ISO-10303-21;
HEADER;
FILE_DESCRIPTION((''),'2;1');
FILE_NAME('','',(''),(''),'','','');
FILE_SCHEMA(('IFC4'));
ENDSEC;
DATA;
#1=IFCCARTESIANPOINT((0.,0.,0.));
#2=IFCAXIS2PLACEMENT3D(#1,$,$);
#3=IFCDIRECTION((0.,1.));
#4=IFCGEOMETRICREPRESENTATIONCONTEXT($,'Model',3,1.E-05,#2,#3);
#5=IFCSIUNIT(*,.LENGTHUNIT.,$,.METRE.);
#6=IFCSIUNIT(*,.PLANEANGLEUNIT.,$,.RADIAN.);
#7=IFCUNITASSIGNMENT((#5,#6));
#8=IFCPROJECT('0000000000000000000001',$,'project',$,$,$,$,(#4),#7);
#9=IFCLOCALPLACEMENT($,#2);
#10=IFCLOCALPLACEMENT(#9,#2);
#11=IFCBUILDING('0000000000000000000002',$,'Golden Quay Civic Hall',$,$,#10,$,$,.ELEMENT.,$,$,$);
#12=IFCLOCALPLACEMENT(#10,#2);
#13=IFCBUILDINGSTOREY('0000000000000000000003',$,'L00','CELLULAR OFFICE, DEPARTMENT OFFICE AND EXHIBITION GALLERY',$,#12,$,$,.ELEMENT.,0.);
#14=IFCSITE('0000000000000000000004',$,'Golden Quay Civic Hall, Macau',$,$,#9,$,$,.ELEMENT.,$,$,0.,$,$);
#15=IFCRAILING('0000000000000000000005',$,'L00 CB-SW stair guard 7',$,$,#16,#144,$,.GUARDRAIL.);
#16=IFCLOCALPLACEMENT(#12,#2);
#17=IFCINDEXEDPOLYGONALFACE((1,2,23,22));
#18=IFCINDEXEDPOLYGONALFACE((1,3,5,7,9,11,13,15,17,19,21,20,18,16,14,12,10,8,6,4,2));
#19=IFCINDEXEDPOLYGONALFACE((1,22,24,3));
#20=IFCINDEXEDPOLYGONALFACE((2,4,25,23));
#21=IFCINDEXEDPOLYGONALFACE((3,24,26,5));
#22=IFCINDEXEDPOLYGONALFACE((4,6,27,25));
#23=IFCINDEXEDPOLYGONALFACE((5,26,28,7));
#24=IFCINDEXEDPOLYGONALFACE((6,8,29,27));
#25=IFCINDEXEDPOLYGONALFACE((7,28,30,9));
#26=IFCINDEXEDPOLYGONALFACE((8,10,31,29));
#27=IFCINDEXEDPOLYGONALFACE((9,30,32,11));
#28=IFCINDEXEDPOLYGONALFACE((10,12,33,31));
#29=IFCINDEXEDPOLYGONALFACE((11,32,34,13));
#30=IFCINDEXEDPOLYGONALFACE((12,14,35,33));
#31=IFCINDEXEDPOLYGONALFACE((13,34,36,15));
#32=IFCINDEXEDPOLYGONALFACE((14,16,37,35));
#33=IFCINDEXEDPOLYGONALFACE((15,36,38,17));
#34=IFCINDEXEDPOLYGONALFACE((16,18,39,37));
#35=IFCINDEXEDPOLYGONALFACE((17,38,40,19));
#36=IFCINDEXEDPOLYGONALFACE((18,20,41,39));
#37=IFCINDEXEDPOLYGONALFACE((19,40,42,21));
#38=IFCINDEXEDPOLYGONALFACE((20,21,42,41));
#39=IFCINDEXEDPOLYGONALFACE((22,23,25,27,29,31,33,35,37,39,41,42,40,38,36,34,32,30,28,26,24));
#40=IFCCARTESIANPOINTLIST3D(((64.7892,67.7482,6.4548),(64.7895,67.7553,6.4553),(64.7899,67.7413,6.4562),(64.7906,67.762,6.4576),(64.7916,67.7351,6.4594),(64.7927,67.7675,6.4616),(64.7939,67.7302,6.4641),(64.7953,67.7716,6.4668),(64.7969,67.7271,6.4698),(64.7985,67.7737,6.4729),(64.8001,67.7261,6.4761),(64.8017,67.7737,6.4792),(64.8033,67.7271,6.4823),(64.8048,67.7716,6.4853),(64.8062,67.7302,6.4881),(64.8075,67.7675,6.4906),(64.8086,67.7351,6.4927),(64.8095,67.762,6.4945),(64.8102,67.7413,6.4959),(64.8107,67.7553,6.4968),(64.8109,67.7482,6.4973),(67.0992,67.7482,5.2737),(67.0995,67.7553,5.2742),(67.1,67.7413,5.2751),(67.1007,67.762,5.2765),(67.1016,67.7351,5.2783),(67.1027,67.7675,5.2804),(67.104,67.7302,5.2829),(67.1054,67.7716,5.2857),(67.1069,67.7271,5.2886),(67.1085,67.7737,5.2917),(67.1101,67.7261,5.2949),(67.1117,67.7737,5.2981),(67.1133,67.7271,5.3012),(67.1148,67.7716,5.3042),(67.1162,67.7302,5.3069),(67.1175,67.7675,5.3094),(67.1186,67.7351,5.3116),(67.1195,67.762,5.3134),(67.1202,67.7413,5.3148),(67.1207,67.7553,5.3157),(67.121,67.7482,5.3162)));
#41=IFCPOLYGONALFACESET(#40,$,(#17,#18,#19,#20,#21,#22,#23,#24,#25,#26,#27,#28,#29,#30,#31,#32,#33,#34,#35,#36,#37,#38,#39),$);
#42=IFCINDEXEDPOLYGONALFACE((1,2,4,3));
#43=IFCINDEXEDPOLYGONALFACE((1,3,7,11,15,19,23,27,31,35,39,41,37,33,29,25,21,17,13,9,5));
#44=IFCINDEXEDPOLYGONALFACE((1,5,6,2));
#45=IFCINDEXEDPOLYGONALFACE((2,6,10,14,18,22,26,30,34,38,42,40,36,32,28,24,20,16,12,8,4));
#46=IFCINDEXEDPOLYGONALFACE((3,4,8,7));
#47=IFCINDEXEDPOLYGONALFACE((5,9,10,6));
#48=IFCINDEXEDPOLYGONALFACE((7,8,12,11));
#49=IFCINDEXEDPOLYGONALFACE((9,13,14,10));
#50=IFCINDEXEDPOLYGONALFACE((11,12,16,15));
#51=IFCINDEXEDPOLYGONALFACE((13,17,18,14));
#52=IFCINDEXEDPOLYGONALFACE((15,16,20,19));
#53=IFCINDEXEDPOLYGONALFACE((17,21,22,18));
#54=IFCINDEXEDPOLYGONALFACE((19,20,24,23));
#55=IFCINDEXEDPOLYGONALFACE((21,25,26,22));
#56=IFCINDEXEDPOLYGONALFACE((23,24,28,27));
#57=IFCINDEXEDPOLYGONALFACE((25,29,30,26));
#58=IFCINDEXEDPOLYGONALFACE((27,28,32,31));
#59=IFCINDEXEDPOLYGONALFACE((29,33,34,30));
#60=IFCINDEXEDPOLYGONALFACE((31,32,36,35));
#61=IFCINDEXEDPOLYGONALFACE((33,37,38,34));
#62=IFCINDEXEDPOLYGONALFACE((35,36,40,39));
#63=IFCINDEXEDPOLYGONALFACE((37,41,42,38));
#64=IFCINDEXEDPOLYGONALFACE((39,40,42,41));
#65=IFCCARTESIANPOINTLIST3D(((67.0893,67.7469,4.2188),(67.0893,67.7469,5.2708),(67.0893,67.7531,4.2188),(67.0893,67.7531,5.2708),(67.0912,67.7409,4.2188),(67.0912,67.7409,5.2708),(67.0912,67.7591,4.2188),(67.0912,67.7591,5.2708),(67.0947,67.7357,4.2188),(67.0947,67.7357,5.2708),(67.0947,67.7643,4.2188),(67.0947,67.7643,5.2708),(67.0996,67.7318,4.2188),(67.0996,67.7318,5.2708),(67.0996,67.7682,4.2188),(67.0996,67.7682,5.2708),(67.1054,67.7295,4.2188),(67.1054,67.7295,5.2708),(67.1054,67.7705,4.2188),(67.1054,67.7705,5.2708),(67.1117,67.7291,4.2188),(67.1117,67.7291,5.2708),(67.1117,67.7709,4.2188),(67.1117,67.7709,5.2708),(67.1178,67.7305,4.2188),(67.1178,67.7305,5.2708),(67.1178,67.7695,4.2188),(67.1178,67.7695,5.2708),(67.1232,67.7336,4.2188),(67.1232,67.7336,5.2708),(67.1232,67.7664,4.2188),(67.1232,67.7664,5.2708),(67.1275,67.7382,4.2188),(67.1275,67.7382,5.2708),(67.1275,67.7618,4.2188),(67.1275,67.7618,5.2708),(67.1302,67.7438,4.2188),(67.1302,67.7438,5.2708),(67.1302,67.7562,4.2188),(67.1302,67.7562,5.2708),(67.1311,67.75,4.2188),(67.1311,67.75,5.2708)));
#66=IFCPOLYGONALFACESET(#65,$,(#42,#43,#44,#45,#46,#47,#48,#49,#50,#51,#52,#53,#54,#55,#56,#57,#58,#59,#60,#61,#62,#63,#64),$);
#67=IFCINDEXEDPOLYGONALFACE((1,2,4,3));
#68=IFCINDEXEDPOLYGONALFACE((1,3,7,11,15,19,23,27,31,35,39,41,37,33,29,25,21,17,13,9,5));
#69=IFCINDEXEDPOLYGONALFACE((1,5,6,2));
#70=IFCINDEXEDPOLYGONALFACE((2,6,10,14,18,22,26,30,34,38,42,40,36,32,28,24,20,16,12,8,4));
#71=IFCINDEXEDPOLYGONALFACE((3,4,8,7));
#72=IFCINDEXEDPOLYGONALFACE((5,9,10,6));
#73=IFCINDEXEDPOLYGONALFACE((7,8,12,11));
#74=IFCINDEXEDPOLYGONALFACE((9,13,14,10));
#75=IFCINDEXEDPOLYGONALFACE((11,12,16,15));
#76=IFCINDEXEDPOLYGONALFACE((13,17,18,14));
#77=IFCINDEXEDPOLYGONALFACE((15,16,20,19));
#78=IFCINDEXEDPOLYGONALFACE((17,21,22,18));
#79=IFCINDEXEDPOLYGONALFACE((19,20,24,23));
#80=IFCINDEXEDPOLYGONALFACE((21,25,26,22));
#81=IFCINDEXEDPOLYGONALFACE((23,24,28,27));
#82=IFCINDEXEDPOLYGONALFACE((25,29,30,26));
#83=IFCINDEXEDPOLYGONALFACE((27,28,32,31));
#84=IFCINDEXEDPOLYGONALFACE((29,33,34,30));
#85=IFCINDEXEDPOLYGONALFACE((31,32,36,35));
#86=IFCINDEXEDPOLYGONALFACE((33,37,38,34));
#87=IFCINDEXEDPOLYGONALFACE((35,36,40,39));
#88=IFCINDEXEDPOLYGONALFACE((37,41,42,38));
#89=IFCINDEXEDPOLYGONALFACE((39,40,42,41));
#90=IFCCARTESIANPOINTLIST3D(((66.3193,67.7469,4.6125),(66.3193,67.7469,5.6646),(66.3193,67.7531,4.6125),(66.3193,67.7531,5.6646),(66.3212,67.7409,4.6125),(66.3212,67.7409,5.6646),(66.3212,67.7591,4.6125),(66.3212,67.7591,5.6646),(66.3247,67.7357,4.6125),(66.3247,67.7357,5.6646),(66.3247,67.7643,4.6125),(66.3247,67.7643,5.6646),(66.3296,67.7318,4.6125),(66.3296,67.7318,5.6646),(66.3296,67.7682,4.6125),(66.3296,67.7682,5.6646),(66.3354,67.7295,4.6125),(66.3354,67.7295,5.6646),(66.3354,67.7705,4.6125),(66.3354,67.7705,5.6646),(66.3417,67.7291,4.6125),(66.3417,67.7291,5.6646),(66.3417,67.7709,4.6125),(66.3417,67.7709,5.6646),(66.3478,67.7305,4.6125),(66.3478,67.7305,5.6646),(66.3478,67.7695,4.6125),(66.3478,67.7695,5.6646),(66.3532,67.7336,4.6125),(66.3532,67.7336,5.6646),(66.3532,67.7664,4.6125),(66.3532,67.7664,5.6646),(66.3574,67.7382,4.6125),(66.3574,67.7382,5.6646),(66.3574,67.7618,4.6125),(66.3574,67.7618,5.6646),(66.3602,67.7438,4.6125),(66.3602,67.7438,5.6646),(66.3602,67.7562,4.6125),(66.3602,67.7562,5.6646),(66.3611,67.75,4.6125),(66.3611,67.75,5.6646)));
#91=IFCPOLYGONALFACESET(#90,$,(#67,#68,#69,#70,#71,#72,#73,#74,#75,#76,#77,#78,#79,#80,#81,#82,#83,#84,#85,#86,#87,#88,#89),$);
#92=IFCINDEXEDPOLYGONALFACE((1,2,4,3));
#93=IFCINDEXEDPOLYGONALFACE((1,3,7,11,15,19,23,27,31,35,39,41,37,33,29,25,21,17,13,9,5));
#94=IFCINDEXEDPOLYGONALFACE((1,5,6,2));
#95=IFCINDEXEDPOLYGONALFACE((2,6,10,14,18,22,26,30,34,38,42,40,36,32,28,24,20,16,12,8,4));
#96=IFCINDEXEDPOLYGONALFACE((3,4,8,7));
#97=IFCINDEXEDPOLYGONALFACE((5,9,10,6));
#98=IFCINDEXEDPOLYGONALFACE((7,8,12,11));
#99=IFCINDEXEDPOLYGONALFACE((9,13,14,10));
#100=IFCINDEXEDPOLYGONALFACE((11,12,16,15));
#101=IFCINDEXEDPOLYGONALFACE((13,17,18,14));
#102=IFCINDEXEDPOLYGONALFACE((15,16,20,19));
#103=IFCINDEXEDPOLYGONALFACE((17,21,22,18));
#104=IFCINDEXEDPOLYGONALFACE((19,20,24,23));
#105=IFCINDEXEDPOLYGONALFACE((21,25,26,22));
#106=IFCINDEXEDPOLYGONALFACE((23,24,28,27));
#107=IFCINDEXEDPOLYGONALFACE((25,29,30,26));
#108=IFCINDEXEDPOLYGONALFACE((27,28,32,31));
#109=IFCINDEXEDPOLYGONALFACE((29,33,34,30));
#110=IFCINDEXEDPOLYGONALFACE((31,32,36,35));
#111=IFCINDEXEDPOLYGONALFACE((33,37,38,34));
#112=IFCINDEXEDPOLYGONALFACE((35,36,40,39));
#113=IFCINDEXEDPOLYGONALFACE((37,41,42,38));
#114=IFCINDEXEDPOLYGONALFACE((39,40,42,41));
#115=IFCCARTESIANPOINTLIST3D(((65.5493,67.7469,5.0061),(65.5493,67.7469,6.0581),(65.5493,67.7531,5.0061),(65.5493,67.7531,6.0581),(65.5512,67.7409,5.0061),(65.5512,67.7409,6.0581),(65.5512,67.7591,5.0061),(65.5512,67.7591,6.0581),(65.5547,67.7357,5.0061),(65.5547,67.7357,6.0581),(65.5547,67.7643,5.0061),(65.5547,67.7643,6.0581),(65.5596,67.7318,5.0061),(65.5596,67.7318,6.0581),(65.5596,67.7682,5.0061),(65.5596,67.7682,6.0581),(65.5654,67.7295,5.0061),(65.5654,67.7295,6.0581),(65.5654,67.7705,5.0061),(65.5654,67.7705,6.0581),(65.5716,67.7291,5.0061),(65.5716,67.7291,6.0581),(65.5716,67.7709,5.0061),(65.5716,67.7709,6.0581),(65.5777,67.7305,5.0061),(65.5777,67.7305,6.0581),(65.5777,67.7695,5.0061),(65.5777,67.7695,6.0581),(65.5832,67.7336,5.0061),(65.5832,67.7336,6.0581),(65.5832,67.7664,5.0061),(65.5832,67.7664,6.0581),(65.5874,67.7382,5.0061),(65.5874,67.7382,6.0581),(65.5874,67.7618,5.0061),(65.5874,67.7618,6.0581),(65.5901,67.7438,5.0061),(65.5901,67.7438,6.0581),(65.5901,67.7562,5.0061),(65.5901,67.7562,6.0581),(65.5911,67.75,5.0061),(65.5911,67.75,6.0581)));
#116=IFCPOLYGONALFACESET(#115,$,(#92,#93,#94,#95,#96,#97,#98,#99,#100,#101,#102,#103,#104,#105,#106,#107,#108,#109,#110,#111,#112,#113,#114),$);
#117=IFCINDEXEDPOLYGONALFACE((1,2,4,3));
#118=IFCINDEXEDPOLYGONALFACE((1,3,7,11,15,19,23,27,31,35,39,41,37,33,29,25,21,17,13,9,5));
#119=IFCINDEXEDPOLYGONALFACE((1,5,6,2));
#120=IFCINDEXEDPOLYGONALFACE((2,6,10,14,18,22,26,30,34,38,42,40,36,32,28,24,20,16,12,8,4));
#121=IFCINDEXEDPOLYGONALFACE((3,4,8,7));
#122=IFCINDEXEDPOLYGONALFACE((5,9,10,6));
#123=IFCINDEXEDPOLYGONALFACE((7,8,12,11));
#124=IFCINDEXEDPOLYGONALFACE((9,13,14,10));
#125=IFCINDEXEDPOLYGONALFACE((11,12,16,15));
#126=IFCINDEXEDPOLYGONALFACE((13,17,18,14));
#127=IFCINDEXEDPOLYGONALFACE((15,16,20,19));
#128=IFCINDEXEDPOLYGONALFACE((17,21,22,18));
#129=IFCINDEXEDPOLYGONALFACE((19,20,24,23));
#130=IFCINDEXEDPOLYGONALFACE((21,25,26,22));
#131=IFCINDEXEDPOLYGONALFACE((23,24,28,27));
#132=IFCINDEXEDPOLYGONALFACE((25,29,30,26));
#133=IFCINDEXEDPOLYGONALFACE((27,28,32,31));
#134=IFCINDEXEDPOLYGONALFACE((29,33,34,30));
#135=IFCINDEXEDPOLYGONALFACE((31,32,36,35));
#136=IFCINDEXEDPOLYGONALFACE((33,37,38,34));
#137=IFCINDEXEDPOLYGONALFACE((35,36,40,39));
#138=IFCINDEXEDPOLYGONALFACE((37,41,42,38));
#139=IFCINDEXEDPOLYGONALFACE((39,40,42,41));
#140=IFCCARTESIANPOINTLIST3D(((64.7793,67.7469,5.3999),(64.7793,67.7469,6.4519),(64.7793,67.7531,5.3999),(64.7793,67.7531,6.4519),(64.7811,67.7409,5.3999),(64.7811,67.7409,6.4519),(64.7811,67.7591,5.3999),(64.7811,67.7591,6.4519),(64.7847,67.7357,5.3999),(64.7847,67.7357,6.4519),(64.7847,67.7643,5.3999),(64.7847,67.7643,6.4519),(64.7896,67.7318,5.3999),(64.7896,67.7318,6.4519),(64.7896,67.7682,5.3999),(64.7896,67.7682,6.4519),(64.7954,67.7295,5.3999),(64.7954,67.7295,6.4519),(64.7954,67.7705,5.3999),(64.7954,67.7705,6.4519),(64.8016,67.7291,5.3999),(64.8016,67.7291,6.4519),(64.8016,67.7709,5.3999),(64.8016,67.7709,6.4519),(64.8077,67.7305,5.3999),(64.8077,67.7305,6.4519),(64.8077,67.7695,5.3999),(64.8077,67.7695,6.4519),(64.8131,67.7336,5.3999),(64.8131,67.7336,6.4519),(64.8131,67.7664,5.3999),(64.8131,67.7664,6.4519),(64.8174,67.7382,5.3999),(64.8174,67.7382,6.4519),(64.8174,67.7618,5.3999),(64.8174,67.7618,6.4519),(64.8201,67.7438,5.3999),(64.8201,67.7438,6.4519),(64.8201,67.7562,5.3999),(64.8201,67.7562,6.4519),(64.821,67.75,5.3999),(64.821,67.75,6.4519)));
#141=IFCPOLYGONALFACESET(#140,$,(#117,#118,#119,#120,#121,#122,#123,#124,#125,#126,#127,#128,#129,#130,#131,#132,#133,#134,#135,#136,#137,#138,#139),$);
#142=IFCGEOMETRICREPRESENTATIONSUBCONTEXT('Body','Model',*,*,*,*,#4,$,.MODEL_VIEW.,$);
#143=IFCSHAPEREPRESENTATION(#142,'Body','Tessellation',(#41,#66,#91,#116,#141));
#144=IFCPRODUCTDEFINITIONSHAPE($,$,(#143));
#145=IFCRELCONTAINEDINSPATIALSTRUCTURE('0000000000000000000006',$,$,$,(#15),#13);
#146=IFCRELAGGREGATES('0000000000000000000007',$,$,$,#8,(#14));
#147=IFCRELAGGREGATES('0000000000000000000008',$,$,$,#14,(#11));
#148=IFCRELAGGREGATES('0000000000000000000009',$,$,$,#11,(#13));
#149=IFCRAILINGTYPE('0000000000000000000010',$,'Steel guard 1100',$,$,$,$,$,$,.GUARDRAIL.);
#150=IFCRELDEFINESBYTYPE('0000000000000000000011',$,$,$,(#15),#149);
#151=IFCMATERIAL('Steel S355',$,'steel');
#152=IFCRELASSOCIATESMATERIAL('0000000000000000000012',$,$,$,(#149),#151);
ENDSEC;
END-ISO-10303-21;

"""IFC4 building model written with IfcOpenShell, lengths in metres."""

from ifc_helpers import new_model, si_unit, direction, frame, origin, origin_2d, place, context, subcontext, project, spatial, circle, extrude, material, type_object, element, save


model = new_model("IFC4")

# Units and contexts
model_context = context("Model", 3, precision=1e-05, world=origin(), true_north=direction((0.0, 1.0)))
body_context = subcontext(model_context, "Body", "Model", "MODEL_VIEW")
ifc_project = project(units=[si_unit("LENGTHUNIT", "METRE"), si_unit("PLANEANGLEUNIT", "RADIAN")], contexts=[model_context])

# Site, building, storey
site_placement = place(None, origin())
site = spatial("IfcSite", under=ifc_project, at=site_placement, Name="Golden Quay Civic Hall, Macau", CompositionType="ELEMENT", RefElevation=0.0)
building_placement = place(site_placement, origin())
building = spatial("IfcBuilding", under=site, at=building_placement, Name="Golden Quay Civic Hall", CompositionType="ELEMENT")
storey_placement = place(building_placement, origin())
storey = spatial("IfcBuildingStorey", under=building, at=storey_placement, Name="L00", Description="CELLULAR OFFICE, DEPARTMENT OFFICE AND EXHIBITION GALLERY", CompositionType="ELEMENT", Elevation=0.0)

# Railing
ifc_material_1 = material(Name="Steel S355", Category="steel")
railing_type_1 = type_object("IfcRailingType", Name="Steel guard 1100", PredefinedType="GUARDRAIL", material=ifc_material_1)
railing_1_placement = place(storey_placement, frame((67.1101, 67.75, 4.2188)))
element("IfcRailing", 1, at=railing_1_placement, inside=storey, type_object=railing_type_1, Name="L00 CB-SW stair guard 7", PredefinedType="GUARDRAIL", context=body_context, shape_type="SweptSolid", body=[
    extrude(circle(Radius=0.0239, at=origin_2d()), frame((0.0, 0.0, 1.0762), z_axis=(-0.890363, 0.0, 0.45525), x_axis=(0.0, -1.0, 0.0)), (0.0, 0.0, 1.0), 2.5945),
    extrude(circle(Radius=0.021, at=origin_2d()), origin(), (0.0, 0.0, 1.0), 1.052),
    extrude(circle(Radius=0.021, at=origin_2d()), frame((-0.77, 0.0, 0.3938)), (0.0, 0.0, 1.0), 1.052),
    extrude(circle(Radius=0.021, at=origin_2d()), frame((-1.54, 0.0, 0.7874)), (0.0, 0.0, 1.0), 1.052),
    extrude(circle(Radius=0.021, at=origin_2d()), frame((-2.3101, 0.0, 1.1812)), (0.0, 0.0, 1.0), 1.052),
])

save(model, "model.ifc")
